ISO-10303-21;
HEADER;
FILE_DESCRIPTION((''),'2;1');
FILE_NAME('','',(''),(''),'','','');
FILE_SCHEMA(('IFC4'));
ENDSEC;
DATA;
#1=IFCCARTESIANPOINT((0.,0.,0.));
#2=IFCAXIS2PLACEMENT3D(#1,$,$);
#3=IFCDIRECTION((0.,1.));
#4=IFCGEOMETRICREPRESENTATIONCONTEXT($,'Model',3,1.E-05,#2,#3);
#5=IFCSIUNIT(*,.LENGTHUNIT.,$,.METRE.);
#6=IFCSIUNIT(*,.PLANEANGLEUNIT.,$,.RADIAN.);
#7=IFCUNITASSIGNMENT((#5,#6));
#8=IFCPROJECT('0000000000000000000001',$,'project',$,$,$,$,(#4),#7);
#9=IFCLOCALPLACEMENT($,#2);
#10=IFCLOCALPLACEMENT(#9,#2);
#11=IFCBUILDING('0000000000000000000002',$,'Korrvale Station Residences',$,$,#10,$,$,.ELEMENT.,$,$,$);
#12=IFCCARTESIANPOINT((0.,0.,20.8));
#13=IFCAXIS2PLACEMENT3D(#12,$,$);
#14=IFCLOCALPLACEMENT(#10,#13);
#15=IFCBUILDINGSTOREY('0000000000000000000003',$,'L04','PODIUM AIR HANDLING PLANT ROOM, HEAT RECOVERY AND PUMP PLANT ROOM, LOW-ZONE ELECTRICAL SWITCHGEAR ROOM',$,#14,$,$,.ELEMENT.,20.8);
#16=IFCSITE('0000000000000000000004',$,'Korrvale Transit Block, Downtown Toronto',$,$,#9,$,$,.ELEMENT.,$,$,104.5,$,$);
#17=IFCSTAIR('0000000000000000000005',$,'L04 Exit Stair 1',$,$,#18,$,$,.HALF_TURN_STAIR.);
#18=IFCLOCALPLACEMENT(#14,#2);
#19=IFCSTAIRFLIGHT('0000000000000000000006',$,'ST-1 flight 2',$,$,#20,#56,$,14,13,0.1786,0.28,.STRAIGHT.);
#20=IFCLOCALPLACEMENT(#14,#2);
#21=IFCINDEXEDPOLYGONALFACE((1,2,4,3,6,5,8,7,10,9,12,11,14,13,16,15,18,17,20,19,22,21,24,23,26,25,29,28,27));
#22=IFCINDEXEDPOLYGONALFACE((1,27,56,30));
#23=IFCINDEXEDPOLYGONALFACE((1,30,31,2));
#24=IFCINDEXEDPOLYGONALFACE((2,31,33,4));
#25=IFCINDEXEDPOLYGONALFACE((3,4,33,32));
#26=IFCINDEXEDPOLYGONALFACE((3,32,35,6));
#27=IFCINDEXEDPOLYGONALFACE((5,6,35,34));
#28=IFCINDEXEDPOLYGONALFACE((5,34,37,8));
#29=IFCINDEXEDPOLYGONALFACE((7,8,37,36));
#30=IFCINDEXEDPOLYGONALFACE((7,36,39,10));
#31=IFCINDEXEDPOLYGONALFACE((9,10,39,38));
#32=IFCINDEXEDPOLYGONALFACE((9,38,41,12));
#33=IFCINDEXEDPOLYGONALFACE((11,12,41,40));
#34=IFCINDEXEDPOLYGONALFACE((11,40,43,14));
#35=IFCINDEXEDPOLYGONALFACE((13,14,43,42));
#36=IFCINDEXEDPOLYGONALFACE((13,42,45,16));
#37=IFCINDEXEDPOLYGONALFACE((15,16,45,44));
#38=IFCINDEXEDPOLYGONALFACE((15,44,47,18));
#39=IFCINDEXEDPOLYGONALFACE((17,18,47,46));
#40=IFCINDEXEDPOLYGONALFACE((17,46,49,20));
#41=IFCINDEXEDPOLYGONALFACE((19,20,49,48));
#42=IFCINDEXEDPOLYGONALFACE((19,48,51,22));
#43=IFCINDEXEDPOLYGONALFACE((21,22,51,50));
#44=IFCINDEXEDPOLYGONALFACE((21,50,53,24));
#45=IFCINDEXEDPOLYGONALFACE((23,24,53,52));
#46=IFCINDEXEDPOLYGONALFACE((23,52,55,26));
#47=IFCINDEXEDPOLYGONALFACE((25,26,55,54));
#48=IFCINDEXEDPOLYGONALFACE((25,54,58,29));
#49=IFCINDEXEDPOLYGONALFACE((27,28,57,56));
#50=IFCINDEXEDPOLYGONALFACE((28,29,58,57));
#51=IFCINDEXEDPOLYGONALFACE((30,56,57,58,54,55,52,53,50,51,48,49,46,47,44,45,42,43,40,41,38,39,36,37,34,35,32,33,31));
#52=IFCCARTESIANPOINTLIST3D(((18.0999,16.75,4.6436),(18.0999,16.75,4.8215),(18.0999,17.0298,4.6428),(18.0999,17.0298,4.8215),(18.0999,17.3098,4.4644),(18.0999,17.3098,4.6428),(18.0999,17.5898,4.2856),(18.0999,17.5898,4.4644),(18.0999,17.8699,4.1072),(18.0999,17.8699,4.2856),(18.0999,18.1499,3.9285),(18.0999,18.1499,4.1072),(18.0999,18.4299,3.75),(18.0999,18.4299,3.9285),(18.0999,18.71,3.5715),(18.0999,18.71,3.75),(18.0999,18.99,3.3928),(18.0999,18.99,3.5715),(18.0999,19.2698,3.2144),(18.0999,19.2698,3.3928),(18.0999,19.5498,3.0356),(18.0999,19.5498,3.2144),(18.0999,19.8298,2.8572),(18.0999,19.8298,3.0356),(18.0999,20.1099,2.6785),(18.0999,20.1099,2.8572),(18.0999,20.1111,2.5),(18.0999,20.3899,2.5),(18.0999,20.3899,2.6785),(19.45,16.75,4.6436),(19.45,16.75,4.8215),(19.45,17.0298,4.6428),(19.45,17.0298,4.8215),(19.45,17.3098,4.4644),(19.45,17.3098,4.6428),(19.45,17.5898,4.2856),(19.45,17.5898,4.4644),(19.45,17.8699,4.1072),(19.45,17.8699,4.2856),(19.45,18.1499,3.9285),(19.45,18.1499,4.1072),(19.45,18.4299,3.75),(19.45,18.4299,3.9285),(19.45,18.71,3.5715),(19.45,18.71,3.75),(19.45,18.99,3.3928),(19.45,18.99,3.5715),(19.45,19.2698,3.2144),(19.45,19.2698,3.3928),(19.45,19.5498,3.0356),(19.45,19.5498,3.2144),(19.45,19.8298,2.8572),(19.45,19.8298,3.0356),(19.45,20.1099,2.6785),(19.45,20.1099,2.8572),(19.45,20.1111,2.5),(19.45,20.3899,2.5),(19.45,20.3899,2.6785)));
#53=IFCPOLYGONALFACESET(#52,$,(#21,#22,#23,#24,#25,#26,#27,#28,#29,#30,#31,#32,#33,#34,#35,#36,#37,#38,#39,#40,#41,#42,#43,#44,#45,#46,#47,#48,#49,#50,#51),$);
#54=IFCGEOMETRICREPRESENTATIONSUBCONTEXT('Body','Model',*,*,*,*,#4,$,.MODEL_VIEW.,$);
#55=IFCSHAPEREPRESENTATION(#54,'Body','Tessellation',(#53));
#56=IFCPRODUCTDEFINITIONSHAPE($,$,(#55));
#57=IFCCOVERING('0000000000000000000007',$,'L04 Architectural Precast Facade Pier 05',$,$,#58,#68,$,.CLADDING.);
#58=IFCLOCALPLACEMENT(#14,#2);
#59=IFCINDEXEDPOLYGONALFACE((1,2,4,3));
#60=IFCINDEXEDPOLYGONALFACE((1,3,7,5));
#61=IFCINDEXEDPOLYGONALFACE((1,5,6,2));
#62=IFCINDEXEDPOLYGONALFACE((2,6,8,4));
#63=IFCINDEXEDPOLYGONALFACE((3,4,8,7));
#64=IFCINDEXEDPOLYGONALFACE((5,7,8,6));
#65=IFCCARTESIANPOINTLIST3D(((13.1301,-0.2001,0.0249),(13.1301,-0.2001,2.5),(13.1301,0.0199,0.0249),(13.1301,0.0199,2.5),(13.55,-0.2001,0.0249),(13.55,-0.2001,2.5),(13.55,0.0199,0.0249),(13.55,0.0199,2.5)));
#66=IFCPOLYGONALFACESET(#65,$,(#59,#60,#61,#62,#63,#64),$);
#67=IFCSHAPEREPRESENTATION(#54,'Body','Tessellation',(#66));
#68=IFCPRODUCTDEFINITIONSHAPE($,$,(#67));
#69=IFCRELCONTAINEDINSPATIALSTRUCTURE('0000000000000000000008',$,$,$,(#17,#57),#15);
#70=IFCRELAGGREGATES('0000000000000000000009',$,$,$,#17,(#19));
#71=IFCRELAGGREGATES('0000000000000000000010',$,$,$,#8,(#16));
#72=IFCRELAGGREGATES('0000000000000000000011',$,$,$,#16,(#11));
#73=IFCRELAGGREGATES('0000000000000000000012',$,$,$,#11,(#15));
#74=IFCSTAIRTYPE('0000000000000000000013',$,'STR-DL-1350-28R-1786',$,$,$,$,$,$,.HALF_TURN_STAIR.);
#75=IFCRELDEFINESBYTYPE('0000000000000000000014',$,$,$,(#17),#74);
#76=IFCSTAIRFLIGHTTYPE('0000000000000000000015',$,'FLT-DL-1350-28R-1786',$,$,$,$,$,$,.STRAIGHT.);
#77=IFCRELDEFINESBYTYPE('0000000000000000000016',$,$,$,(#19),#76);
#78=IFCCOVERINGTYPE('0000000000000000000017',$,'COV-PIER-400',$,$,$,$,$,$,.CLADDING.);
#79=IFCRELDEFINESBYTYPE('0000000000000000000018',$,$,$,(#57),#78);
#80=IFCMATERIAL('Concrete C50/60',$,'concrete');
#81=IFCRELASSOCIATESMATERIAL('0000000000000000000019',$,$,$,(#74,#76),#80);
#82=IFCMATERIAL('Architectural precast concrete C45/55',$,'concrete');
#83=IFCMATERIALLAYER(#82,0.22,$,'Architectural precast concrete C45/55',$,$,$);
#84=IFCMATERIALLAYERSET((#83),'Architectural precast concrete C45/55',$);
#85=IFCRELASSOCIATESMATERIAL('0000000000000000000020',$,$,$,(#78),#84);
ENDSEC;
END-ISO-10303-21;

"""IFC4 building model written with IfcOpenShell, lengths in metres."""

from ifc_helpers import new_model, si_unit, direction, frame, origin, origin_2d, place, context, subcontext, project, spatial, polyline, rectangle, outline, extrude, material, layer, layer_set, type_object, element, aggregate, save


model = new_model("IFC4")

# Units and contexts
model_context = context("Model", 3, precision=1e-05, world=origin(), true_north=direction((0.0, 1.0)))
body_context = subcontext(model_context, "Body", "Model", "MODEL_VIEW")
ifc_project = project(units=[si_unit("LENGTHUNIT", "METRE"), si_unit("PLANEANGLEUNIT", "RADIAN")], contexts=[model_context])

# Site, building, storey
site_placement = place(None, origin())
site = spatial("IfcSite", under=ifc_project, at=site_placement, Name="Korrvale Transit Block, Downtown Toronto", CompositionType="ELEMENT", RefElevation=104.5)
building_placement = place(site_placement, origin())
building = spatial("IfcBuilding", under=site, at=building_placement, Name="Korrvale Station Residences", CompositionType="ELEMENT")
storey_placement = place(building_placement, frame((0.0, 0.0, 20.8)))
storey = spatial("IfcBuildingStorey", under=building, at=storey_placement, Name="L04", Description="PODIUM AIR HANDLING PLANT ROOM, HEAT RECOVERY AND PUMP PLANT ROOM, LOW-ZONE ELECTRICAL SWITCHGEAR ROOM", CompositionType="ELEMENT", Elevation=20.8)

# Stair, stair flight
ifc_material_1 = material(Name="Concrete C50/60", Category="concrete")
stair_type = type_object("IfcStairType", Name="STR-DL-1350-28R-1786", PredefinedType="HALF_TURN_STAIR", material=ifc_material_1)
stair_placement = place(storey_placement, origin())
stair = element("IfcStair", 1, at=stair_placement, inside=storey, type_object=stair_type, Name="L04 Exit Stair 1", PredefinedType="HALF_TURN_STAIR")
stair_flight_type = type_object("IfcStairFlightType", Name="FLT-DL-1350-28R-1786", PredefinedType="STRAIGHT", material=ifc_material_1)
stair_flight_1_placement = place(storey_placement, frame((18.7749, 20.3899, 2.5), z_axis=(0.0, 0.0, 1.0), x_axis=(0.0, -1.0, 0.0)))
stair_flight_1 = element("IfcStairFlight", 2, at=stair_flight_1_placement, type_object=stair_flight_type, Name="ST-1 flight 2", NumberOfRisers=14, NumberOfTreads=13, PredefinedType="STRAIGHT", RiserHeight=0.1786, TreadLength=0.28, context=body_context, shape_type="SweptSolid", body=[
    extrude(outline(polyline([(0.0, 0.0), (0.0, 0.1785), (0.28, 0.1785), (0.28, 0.3572), (0.5601, 0.3572), (0.5601, 0.5356), (0.8401, 0.5356), (0.8401, 0.7144), (1.1201, 0.7144), (1.1201, 0.8928), (1.3999, 0.8928), (1.3999, 1.0715), (1.6799, 1.0715), (1.6799, 1.25), (1.96, 1.25), (1.96, 1.4285), (2.24, 1.4285), (2.24, 1.6072), (2.52, 1.6072), (2.52, 1.7856), (2.8, 1.7856), (2.8, 1.9644), (3.0801, 1.9644), (3.0801, 2.1428), (3.3601, 2.1428), (3.3601, 2.3215), (3.6399, 2.3215), (3.6399, 2.5), (3.6399, 2.1436), (0.2788, 0.0), (0.0, 0.0)])), frame((0.0, 0.675, 0.0), z_axis=(0.0, -1.0, 0.0), x_axis=(1.0, 0.0, 0.0)), (0.0, 0.0, 1.0), 1.3501),
])
aggregate(stair, [stair_flight_1])

# Covering
ifc_material_2 = material(Name="Architectural precast concrete C45/55", Category="concrete")
ifc_layer_1 = layer(ifc_material_2, 0.22, Name="Architectural precast concrete C45/55")
ifc_layer_set_1 = layer_set([ifc_layer_1], Name="Architectural precast concrete C45/55")
covering_type = type_object("IfcCoveringType", Name="COV-PIER-400", PredefinedType="CLADDING", material=ifc_layer_set_1)
covering_placement = place(storey_placement, frame((13.3401, -0.0901, 0.0249), z_axis=(0.0, 0.0, 1.0), x_axis=(1.0, 0.0, 0.0)))
element("IfcCovering", 3, at=covering_placement, inside=storey, type_object=covering_type, Name="L04 Architectural Precast Facade Pier 05", PredefinedType="CLADDING", context=body_context, shape_type="SweptSolid", body=[
    extrude(rectangle(XDim=0.4199, YDim=0.22, at=origin_2d()), origin(), (0.0, 0.0, 1.0), 2.4751),
])

save(model, "model.ifc")
